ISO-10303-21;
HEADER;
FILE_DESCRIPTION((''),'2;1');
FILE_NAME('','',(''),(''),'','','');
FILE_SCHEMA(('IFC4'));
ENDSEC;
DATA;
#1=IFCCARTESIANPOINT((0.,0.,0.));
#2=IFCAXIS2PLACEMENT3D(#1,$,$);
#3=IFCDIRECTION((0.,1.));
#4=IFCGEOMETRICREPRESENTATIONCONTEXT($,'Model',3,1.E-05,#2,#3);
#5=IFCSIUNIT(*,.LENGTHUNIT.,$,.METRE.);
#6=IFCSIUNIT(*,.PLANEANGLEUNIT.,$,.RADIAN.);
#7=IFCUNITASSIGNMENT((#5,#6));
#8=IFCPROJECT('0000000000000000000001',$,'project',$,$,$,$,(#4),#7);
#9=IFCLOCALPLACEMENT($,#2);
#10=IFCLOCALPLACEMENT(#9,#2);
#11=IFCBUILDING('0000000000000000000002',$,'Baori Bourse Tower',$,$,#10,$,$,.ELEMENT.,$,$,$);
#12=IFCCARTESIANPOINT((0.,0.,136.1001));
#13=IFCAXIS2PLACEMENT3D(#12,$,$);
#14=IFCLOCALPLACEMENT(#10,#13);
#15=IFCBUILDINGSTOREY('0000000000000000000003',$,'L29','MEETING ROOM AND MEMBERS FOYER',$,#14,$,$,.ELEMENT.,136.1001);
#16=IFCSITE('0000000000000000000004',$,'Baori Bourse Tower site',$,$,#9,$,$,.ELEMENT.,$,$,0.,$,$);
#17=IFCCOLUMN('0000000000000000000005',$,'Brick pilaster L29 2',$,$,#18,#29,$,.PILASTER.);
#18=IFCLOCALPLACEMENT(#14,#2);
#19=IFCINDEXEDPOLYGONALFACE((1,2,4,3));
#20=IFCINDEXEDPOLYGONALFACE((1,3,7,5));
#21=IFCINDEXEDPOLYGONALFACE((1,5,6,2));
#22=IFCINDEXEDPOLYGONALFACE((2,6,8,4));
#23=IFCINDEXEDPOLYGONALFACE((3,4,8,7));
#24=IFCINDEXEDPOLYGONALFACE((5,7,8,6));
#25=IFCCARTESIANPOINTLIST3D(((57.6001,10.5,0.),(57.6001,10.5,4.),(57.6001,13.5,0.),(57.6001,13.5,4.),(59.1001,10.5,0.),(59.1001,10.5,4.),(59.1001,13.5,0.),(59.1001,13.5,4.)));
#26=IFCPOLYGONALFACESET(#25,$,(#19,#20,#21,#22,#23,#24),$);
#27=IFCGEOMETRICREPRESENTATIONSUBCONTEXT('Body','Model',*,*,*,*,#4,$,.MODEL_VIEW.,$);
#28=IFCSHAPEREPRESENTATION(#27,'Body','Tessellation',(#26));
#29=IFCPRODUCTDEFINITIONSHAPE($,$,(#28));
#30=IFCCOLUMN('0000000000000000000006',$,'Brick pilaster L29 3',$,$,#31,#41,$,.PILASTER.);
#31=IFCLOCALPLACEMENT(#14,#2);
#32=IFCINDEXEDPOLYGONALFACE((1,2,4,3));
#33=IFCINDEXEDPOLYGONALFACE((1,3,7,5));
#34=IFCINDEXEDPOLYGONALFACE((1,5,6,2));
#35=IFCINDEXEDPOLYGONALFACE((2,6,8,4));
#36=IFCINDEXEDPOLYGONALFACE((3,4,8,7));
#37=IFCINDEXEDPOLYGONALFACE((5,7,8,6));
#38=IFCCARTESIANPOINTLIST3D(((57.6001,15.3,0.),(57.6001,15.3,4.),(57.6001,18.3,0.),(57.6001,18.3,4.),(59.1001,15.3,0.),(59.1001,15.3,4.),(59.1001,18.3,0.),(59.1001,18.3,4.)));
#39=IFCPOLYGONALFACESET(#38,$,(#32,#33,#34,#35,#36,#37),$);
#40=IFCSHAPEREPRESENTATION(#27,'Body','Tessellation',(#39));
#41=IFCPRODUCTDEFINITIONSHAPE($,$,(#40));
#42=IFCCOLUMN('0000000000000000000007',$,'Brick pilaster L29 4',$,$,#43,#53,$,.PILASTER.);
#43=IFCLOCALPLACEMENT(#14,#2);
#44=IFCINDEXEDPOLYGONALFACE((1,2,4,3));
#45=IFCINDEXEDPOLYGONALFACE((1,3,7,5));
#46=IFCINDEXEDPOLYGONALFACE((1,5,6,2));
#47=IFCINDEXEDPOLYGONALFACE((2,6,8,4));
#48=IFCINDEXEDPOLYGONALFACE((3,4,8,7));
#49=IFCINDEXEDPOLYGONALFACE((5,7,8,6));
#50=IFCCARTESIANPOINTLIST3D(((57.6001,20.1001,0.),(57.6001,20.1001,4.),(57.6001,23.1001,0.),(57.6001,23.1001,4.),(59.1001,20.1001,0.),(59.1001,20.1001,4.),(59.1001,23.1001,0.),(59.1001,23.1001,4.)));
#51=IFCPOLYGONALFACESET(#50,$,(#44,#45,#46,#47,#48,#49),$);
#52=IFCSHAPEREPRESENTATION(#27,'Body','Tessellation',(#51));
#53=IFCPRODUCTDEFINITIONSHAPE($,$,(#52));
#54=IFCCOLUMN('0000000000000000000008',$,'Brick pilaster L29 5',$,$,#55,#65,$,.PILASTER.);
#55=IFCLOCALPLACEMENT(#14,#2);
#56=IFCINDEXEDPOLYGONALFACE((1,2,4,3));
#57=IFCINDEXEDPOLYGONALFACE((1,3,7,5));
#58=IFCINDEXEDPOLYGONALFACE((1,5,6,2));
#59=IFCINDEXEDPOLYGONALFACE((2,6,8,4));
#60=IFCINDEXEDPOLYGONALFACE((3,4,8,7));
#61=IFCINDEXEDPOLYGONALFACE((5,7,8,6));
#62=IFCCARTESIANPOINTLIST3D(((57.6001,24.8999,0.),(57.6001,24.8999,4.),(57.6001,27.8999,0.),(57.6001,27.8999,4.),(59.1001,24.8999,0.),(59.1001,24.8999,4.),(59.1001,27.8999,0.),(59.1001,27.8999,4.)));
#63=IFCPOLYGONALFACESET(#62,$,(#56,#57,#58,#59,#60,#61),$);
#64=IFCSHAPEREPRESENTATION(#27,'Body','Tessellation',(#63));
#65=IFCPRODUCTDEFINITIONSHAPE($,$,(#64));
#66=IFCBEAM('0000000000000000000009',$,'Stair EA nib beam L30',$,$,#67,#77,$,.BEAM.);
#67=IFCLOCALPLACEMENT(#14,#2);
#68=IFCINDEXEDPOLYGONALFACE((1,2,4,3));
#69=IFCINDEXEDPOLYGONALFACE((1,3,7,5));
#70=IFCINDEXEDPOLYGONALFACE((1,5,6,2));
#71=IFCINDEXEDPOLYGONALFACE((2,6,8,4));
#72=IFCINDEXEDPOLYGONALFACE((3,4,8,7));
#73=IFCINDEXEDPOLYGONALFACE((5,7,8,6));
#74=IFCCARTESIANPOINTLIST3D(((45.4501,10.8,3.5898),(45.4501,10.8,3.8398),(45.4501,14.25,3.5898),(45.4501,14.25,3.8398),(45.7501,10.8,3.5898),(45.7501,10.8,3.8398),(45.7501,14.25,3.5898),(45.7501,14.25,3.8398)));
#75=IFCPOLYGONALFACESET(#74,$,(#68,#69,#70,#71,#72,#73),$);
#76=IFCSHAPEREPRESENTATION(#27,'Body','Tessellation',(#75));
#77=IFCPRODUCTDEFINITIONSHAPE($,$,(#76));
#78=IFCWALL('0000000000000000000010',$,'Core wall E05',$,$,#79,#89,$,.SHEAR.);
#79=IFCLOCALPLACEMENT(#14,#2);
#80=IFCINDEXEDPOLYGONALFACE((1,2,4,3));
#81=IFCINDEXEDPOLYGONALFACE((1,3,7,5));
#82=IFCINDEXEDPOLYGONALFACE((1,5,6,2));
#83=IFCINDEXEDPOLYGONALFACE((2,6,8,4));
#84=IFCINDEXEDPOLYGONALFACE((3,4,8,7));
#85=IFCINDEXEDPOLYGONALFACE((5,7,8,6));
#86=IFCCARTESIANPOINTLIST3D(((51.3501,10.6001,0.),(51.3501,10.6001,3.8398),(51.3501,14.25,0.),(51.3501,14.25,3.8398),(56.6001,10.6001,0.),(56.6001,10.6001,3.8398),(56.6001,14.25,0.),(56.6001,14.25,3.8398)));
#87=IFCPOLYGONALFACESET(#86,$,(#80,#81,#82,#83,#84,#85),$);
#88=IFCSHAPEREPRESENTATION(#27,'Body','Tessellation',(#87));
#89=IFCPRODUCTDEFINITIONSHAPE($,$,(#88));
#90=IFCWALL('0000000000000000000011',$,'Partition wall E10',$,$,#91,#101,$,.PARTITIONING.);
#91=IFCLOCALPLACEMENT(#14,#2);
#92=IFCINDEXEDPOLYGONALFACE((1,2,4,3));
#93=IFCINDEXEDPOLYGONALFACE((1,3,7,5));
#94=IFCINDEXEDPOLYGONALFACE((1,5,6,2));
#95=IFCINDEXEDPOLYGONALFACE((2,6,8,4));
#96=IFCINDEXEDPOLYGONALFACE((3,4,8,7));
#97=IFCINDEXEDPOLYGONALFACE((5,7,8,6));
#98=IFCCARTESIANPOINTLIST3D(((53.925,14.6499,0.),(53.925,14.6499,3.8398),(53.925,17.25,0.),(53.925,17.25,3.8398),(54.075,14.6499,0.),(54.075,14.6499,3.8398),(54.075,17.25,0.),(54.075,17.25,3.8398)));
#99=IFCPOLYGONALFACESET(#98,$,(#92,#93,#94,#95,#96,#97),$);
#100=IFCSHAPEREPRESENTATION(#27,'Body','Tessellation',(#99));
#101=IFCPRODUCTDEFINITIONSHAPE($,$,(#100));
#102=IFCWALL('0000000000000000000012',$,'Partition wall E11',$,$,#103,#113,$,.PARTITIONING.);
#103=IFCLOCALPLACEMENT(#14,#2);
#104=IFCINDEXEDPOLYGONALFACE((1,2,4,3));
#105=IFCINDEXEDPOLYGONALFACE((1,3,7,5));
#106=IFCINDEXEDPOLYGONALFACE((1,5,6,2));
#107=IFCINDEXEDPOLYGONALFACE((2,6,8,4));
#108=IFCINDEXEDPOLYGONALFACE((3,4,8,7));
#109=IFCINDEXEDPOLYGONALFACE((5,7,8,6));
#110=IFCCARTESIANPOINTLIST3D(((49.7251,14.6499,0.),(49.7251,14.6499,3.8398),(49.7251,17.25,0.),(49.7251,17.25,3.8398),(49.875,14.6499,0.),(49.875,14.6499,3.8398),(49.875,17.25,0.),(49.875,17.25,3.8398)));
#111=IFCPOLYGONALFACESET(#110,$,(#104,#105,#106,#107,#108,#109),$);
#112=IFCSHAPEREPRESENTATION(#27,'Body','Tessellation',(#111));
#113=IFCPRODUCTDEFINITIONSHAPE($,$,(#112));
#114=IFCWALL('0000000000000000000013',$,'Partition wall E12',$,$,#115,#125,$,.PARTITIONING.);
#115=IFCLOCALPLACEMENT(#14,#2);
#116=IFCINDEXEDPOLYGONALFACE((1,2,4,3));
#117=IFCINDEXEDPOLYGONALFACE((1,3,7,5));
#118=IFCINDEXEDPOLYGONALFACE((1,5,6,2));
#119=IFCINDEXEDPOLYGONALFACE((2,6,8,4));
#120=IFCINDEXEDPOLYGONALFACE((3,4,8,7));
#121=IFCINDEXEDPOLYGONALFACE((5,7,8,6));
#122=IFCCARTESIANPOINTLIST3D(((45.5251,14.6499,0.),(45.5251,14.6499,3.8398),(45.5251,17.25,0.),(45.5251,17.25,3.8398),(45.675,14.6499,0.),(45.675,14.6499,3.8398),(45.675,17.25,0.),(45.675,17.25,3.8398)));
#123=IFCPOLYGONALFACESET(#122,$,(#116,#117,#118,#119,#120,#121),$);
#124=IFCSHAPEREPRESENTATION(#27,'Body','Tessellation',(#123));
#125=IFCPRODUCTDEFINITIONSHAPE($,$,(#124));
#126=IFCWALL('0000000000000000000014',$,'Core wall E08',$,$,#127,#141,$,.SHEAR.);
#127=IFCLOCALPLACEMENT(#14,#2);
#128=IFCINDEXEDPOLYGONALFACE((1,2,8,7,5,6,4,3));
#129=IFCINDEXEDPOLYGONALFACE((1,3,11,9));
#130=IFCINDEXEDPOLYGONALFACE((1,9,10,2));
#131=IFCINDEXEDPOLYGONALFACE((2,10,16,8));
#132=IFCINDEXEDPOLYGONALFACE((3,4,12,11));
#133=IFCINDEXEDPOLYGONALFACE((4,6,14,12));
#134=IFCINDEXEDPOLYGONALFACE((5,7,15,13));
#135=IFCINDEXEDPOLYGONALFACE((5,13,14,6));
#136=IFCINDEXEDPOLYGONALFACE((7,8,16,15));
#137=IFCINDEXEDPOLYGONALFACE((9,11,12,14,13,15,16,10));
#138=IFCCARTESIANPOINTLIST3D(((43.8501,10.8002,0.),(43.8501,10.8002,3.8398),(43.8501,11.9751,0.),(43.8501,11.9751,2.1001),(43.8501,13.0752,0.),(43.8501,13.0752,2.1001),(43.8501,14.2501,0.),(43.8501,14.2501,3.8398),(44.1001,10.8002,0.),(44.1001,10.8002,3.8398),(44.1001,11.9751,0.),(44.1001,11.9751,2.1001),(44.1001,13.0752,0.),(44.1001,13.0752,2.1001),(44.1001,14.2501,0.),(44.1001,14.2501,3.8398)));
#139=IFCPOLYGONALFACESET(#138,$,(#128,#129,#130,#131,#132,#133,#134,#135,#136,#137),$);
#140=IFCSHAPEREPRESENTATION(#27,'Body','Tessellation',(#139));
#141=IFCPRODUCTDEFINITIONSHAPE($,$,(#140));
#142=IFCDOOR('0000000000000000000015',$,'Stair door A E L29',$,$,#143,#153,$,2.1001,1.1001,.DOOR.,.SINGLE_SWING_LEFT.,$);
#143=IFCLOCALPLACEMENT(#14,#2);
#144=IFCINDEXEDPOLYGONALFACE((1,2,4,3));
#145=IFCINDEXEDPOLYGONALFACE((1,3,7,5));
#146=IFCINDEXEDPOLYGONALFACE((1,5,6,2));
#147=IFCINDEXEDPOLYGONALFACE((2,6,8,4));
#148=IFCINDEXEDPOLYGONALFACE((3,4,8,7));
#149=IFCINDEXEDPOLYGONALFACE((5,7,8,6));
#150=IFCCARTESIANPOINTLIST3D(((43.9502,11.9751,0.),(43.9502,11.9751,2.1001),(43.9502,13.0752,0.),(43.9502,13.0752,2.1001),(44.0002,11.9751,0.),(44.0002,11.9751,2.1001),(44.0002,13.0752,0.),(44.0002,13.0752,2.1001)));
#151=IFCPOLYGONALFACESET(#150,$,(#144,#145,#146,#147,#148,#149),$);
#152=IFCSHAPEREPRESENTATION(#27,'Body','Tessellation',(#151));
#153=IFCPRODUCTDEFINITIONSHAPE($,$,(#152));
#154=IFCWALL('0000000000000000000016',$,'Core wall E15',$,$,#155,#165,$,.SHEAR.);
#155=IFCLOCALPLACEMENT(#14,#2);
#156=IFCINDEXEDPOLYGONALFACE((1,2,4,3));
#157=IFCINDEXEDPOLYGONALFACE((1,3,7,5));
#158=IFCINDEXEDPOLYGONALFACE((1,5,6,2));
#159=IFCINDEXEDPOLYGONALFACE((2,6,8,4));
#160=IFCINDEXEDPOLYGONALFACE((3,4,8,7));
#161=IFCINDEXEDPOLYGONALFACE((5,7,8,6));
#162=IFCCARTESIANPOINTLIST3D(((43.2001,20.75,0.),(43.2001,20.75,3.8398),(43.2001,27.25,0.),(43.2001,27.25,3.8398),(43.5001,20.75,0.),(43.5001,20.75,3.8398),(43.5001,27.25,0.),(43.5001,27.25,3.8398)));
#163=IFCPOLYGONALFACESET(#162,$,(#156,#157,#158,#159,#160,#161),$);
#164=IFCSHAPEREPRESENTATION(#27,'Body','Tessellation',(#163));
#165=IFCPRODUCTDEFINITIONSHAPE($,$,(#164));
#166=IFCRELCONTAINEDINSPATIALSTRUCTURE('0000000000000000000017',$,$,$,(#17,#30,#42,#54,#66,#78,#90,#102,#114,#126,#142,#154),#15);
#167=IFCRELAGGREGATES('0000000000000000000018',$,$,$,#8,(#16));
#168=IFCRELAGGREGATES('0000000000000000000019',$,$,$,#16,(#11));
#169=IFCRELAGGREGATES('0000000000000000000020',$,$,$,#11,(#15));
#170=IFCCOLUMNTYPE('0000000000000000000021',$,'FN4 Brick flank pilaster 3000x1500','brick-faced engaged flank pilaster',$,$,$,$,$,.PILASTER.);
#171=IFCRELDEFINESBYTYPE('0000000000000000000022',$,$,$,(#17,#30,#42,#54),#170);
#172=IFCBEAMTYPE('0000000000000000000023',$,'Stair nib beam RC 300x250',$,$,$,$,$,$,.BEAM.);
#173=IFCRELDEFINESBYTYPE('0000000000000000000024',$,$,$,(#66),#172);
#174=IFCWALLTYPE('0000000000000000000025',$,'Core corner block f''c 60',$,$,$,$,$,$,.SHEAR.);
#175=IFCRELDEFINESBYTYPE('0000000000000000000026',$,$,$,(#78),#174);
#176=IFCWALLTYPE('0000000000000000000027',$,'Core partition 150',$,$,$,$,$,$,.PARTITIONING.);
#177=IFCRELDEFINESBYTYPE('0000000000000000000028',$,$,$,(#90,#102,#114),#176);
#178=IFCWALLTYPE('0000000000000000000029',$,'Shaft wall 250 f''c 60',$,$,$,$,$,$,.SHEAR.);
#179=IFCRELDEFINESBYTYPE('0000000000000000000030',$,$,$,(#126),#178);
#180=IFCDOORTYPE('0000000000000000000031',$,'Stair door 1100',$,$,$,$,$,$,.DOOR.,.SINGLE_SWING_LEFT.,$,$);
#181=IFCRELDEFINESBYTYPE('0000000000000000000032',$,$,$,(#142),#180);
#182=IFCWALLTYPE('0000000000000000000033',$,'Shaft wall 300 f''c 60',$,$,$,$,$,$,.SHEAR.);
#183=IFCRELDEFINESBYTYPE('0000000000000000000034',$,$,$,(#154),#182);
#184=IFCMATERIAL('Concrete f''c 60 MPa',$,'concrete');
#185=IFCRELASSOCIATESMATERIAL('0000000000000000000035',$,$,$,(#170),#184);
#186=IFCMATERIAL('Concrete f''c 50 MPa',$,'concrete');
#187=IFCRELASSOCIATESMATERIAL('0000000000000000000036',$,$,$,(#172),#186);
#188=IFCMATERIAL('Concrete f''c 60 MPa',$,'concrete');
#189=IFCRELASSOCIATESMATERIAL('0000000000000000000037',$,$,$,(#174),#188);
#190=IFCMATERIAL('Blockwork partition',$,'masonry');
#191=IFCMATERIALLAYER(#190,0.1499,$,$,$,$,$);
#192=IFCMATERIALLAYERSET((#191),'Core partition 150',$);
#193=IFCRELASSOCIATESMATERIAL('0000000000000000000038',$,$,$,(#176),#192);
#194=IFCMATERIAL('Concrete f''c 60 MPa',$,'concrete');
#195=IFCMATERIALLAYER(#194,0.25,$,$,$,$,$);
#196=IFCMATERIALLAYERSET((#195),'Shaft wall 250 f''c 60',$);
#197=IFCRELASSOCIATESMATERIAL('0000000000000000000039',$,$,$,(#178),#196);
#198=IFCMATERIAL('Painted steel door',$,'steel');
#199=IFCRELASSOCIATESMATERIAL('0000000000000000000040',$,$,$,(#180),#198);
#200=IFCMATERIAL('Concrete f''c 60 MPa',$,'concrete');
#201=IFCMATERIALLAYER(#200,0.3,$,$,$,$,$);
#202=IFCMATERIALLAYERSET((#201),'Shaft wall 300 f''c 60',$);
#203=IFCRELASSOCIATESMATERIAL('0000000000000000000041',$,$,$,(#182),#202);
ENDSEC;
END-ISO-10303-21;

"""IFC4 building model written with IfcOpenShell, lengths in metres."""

from ifc_helpers import new_model, si_unit, direction, frame, frame_2d, origin, origin_2d, place, context, subcontext, project, spatial, rectangle, extrude, material, layer, layer_set, material_profile, profile_set, type_object, element, fill, save


model = new_model("IFC4")

# Units and contexts
model_context = context("Model", 3, precision=1e-05, world=origin(), true_north=direction((0.0, 1.0)))
body_context = subcontext(model_context, "Body", "Model", "MODEL_VIEW")
ifc_project = project(units=[si_unit("LENGTHUNIT", "METRE"), si_unit("PLANEANGLEUNIT", "RADIAN")], contexts=[model_context])

# Site, building, storey
site_placement = place(None, origin())
site = spatial("IfcSite", under=ifc_project, at=site_placement, Name="Baori Bourse Tower site", CompositionType="ELEMENT", RefElevation=0.0)
building_placement = place(site_placement, origin())
building = spatial("IfcBuilding", under=site, at=building_placement, Name="Baori Bourse Tower", CompositionType="ELEMENT")
storey_placement = place(building_placement, frame((0.0, 0.0, 136.1001)))
storey = spatial("IfcBuildingStorey", under=building, at=storey_placement, Name="L29", Description="MEETING ROOM AND MEMBERS FOYER", CompositionType="ELEMENT", Elevation=136.1001)

# Columns
ifc_material_1 = material(Name="Concrete f'c 60 MPa", Category="concrete")
ifc_material_profile_1 = material_profile(ifc_material_1, rectangle(XDim=3.0, YDim=1.5, at=origin_2d()), Name="RC 3000x1500")
ifc_profile_set_1 = profile_set([ifc_material_profile_1], Name="Concrete f'c 60 MPa")
column_type = type_object("IfcColumnType", Name="FN4 Brick flank pilaster 3000x1500", Description="brick-faced engaged flank pilaster", PredefinedType="PILASTER", material=ifc_profile_set_1)
for number, where, z_axis, x_axis, name in (
    (1, (58.3501, 12.0, 0.0), (0.0, 0.0, 1.0), (0.0, 1.0, 0.0), "Brick pilaster L29 2"),
    (2, (58.3501, 16.8, 0.0), (0.0, 0.0, 1.0), (0.0, 1.0, 0.0), "Brick pilaster L29 3"),
    (3, (58.3501, 21.6001, 0.0), (0.0, 0.0, 1.0), (0.0, 1.0, 0.0), "Brick pilaster L29 4"),
    (4, (58.3501, 26.3999, 0.0), (0.0, 0.0, 1.0), (0.0, 1.0, 0.0), "Brick pilaster L29 5"),
):
    element("IfcColumn", number, at=place(storey_placement, frame(where, z_axis=z_axis, x_axis=x_axis)), inside=storey, type_object=column_type, Name=name, PredefinedType="PILASTER", context=body_context, shape_type="SweptSolid", body=[
        extrude(rectangle(XDim=3.0, YDim=1.5, at=origin_2d()), origin(), (0.0, 0.0, 1.0), 4.0),
    ])

# Beam
ifc_material_2 = material(Name="Concrete f'c 50 MPa", Category="concrete")
ifc_material_profile_2 = material_profile(ifc_material_2, rectangle(XDim=0.3, YDim=0.25, at=origin_2d()), Name="RC 300x250")
ifc_profile_set_2 = profile_set([ifc_material_profile_2], Name="Concrete f'c 50 MPa")
beam_type = type_object("IfcBeamType", Name="Stair nib beam RC 300x250", PredefinedType="BEAM", material=ifc_profile_set_2)
beam_placement = place(storey_placement, frame((45.6001, 10.8, 3.7148), z_axis=(0.0, 1.0, 0.0), x_axis=(-1.0, 0.0, 0.0)))
element("IfcBeam", 5, at=beam_placement, inside=storey, type_object=beam_type, Name="Stair EA nib beam L30", PredefinedType="BEAM", context=body_context, shape_type="SweptSolid", body=[
    extrude(rectangle(XDim=0.3, YDim=0.25, at=origin_2d()), origin(), (0.0, 0.0, 1.0), 3.45),
])

# Walls
ifc_material_3 = material(Name="Concrete f'c 60 MPa", Category="concrete")
wall_type_1 = type_object("IfcWallType", Name="Core corner block f'c 60", PredefinedType="SHEAR", material=ifc_material_3)
wall_1_placement = place(storey_placement, frame((51.3501, 12.425, 0.0), z_axis=(0.0, 0.0, 1.0), x_axis=(1.0, 0.0, 0.0)))
element("IfcWall", 6, at=wall_1_placement, inside=storey, type_object=wall_type_1, Name="Core wall E05", PredefinedType="SHEAR", context=body_context, shape_type="SweptSolid", body=[
    extrude(rectangle(XDim=5.25, YDim=3.6499, at=frame_2d((2.625, 0.0))), origin(), (0.0, 0.0, 1.0), 3.8398),
])
ifc_material_4 = material(Name="Blockwork partition", Category="masonry")
ifc_layer_1 = layer(ifc_material_4, 0.1499)
ifc_layer_set_1 = layer_set([ifc_layer_1], Name="Core partition 150")
wall_type_2 = type_object("IfcWallType", Name="Core partition 150", PredefinedType="PARTITIONING", material=ifc_layer_set_1)
for number, where, z_axis, x_axis, name in (
    (7, (54.0, 14.6499, 0.0), (0.0, 0.0, 1.0), (0.0, 1.0, 0.0), "Partition wall E10"),
    (8, (49.8, 14.6499, 0.0), (0.0, 0.0, 1.0), (0.0, 1.0, 0.0), "Partition wall E11"),
    (9, (45.6001, 14.6499, 0.0), (0.0, 0.0, 1.0), (0.0, 1.0, 0.0), "Partition wall E12"),
):
    element("IfcWall", number, at=place(storey_placement, frame(where, z_axis=z_axis, x_axis=x_axis)), inside=storey, type_object=wall_type_2, Name=name, PredefinedType="PARTITIONING", context=body_context, shape_type="SweptSolid", body=[
        extrude(rectangle(XDim=2.6001, YDim=0.1499, at=frame_2d((1.3, 0.0))), origin(), (0.0, 0.0, 1.0), 3.8398),
    ])

# Wall, opening, door
ifc_material_5 = material(Name="Concrete f'c 60 MPa", Category="concrete")
ifc_layer_2 = layer(ifc_material_5, 0.25)
ifc_layer_set_2 = layer_set([ifc_layer_2], Name="Shaft wall 250 f'c 60")
wall_type_3 = type_object("IfcWallType", Name="Shaft wall 250 f'c 60", PredefinedType="SHEAR", material=ifc_layer_set_2)
wall_2_placement = place(storey_placement, frame((43.9751, 10.8, 0.0), z_axis=(0.0, 0.0, 1.0), x_axis=(0.0, 1.0, 0.0)))
wall_2 = element("IfcWall", 10, at=wall_2_placement, inside=storey, type_object=wall_type_3, Name="Core wall E08", PredefinedType="SHEAR", context=body_context, shape_type="SweptSolid", body=[
    extrude(rectangle(XDim=3.45, YDim=0.25, at=frame_2d((1.7251, 0.0))), origin(), (0.0, 0.0, 1.0), 3.8398),
])
opening_1_placement = place(wall_2_placement, frame((1.175, 0.0, 0.0)))
opening_1 = element("IfcOpeningElement", 11, at=opening_1_placement, cuts=wall_2, PredefinedType="OPENING", context=body_context, shape_type="SweptSolid", body=[
    extrude(rectangle(XDim=1.1001, YDim=2.1001, at=frame_2d((0.55, 1.05))), frame((0.0, 0.135, 0.0), z_axis=(0.0, -1.0, 0.0), x_axis=(1.0, 0.0, 0.0)), (0.0, 0.0, 1.0), 0.27),
])
ifc_material_6 = material(Name="Painted steel door", Category="steel")
door_type_1 = type_object("IfcDoorType", Name="Stair door 1100", OperationType="SINGLE_SWING_LEFT", PredefinedType="DOOR", material=ifc_material_6)
door_1_placement = place(opening_1_placement, origin())
door_1 = element("IfcDoor", 12, at=door_1_placement, inside=storey, type_object=door_type_1, Name="Stair door A E L29", OperationType="SINGLE_SWING_LEFT", OverallHeight=2.1001, OverallWidth=1.1001, PredefinedType="DOOR", context=body_context, shape_type="SweptSolid", body=[
    extrude(rectangle(XDim=1.1001, YDim=2.1001, at=frame_2d((0.55, 1.05))), frame((0.0, 0.0249, 0.0), z_axis=(0.0, -1.0, 0.0), x_axis=(1.0, 0.0, 0.0)), (0.0, 0.0, 1.0), 0.05),
])
fill(opening_1, door_1)

# Wall
ifc_material_7 = material(Name="Concrete f'c 60 MPa", Category="concrete")
ifc_layer_3 = layer(ifc_material_7, 0.3)
ifc_layer_set_3 = layer_set([ifc_layer_3], Name="Shaft wall 300 f'c 60")
wall_type_4 = type_object("IfcWallType", Name="Shaft wall 300 f'c 60", PredefinedType="SHEAR", material=ifc_layer_set_3)
wall_3_placement = place(storey_placement, frame((43.3501, 20.75, 0.0), z_axis=(0.0, 0.0, 1.0), x_axis=(0.0, 1.0, 0.0)))
element("IfcWall", 13, at=wall_3_placement, inside=storey, type_object=wall_type_4, Name="Core wall E15", PredefinedType="SHEAR", context=body_context, shape_type="SweptSolid", body=[
    extrude(rectangle(XDim=6.5, YDim=0.3, at=frame_2d((3.25, 0.0))), origin(), (0.0, 0.0, 1.0), 3.8398),
])

save(model, "model.ifc")
